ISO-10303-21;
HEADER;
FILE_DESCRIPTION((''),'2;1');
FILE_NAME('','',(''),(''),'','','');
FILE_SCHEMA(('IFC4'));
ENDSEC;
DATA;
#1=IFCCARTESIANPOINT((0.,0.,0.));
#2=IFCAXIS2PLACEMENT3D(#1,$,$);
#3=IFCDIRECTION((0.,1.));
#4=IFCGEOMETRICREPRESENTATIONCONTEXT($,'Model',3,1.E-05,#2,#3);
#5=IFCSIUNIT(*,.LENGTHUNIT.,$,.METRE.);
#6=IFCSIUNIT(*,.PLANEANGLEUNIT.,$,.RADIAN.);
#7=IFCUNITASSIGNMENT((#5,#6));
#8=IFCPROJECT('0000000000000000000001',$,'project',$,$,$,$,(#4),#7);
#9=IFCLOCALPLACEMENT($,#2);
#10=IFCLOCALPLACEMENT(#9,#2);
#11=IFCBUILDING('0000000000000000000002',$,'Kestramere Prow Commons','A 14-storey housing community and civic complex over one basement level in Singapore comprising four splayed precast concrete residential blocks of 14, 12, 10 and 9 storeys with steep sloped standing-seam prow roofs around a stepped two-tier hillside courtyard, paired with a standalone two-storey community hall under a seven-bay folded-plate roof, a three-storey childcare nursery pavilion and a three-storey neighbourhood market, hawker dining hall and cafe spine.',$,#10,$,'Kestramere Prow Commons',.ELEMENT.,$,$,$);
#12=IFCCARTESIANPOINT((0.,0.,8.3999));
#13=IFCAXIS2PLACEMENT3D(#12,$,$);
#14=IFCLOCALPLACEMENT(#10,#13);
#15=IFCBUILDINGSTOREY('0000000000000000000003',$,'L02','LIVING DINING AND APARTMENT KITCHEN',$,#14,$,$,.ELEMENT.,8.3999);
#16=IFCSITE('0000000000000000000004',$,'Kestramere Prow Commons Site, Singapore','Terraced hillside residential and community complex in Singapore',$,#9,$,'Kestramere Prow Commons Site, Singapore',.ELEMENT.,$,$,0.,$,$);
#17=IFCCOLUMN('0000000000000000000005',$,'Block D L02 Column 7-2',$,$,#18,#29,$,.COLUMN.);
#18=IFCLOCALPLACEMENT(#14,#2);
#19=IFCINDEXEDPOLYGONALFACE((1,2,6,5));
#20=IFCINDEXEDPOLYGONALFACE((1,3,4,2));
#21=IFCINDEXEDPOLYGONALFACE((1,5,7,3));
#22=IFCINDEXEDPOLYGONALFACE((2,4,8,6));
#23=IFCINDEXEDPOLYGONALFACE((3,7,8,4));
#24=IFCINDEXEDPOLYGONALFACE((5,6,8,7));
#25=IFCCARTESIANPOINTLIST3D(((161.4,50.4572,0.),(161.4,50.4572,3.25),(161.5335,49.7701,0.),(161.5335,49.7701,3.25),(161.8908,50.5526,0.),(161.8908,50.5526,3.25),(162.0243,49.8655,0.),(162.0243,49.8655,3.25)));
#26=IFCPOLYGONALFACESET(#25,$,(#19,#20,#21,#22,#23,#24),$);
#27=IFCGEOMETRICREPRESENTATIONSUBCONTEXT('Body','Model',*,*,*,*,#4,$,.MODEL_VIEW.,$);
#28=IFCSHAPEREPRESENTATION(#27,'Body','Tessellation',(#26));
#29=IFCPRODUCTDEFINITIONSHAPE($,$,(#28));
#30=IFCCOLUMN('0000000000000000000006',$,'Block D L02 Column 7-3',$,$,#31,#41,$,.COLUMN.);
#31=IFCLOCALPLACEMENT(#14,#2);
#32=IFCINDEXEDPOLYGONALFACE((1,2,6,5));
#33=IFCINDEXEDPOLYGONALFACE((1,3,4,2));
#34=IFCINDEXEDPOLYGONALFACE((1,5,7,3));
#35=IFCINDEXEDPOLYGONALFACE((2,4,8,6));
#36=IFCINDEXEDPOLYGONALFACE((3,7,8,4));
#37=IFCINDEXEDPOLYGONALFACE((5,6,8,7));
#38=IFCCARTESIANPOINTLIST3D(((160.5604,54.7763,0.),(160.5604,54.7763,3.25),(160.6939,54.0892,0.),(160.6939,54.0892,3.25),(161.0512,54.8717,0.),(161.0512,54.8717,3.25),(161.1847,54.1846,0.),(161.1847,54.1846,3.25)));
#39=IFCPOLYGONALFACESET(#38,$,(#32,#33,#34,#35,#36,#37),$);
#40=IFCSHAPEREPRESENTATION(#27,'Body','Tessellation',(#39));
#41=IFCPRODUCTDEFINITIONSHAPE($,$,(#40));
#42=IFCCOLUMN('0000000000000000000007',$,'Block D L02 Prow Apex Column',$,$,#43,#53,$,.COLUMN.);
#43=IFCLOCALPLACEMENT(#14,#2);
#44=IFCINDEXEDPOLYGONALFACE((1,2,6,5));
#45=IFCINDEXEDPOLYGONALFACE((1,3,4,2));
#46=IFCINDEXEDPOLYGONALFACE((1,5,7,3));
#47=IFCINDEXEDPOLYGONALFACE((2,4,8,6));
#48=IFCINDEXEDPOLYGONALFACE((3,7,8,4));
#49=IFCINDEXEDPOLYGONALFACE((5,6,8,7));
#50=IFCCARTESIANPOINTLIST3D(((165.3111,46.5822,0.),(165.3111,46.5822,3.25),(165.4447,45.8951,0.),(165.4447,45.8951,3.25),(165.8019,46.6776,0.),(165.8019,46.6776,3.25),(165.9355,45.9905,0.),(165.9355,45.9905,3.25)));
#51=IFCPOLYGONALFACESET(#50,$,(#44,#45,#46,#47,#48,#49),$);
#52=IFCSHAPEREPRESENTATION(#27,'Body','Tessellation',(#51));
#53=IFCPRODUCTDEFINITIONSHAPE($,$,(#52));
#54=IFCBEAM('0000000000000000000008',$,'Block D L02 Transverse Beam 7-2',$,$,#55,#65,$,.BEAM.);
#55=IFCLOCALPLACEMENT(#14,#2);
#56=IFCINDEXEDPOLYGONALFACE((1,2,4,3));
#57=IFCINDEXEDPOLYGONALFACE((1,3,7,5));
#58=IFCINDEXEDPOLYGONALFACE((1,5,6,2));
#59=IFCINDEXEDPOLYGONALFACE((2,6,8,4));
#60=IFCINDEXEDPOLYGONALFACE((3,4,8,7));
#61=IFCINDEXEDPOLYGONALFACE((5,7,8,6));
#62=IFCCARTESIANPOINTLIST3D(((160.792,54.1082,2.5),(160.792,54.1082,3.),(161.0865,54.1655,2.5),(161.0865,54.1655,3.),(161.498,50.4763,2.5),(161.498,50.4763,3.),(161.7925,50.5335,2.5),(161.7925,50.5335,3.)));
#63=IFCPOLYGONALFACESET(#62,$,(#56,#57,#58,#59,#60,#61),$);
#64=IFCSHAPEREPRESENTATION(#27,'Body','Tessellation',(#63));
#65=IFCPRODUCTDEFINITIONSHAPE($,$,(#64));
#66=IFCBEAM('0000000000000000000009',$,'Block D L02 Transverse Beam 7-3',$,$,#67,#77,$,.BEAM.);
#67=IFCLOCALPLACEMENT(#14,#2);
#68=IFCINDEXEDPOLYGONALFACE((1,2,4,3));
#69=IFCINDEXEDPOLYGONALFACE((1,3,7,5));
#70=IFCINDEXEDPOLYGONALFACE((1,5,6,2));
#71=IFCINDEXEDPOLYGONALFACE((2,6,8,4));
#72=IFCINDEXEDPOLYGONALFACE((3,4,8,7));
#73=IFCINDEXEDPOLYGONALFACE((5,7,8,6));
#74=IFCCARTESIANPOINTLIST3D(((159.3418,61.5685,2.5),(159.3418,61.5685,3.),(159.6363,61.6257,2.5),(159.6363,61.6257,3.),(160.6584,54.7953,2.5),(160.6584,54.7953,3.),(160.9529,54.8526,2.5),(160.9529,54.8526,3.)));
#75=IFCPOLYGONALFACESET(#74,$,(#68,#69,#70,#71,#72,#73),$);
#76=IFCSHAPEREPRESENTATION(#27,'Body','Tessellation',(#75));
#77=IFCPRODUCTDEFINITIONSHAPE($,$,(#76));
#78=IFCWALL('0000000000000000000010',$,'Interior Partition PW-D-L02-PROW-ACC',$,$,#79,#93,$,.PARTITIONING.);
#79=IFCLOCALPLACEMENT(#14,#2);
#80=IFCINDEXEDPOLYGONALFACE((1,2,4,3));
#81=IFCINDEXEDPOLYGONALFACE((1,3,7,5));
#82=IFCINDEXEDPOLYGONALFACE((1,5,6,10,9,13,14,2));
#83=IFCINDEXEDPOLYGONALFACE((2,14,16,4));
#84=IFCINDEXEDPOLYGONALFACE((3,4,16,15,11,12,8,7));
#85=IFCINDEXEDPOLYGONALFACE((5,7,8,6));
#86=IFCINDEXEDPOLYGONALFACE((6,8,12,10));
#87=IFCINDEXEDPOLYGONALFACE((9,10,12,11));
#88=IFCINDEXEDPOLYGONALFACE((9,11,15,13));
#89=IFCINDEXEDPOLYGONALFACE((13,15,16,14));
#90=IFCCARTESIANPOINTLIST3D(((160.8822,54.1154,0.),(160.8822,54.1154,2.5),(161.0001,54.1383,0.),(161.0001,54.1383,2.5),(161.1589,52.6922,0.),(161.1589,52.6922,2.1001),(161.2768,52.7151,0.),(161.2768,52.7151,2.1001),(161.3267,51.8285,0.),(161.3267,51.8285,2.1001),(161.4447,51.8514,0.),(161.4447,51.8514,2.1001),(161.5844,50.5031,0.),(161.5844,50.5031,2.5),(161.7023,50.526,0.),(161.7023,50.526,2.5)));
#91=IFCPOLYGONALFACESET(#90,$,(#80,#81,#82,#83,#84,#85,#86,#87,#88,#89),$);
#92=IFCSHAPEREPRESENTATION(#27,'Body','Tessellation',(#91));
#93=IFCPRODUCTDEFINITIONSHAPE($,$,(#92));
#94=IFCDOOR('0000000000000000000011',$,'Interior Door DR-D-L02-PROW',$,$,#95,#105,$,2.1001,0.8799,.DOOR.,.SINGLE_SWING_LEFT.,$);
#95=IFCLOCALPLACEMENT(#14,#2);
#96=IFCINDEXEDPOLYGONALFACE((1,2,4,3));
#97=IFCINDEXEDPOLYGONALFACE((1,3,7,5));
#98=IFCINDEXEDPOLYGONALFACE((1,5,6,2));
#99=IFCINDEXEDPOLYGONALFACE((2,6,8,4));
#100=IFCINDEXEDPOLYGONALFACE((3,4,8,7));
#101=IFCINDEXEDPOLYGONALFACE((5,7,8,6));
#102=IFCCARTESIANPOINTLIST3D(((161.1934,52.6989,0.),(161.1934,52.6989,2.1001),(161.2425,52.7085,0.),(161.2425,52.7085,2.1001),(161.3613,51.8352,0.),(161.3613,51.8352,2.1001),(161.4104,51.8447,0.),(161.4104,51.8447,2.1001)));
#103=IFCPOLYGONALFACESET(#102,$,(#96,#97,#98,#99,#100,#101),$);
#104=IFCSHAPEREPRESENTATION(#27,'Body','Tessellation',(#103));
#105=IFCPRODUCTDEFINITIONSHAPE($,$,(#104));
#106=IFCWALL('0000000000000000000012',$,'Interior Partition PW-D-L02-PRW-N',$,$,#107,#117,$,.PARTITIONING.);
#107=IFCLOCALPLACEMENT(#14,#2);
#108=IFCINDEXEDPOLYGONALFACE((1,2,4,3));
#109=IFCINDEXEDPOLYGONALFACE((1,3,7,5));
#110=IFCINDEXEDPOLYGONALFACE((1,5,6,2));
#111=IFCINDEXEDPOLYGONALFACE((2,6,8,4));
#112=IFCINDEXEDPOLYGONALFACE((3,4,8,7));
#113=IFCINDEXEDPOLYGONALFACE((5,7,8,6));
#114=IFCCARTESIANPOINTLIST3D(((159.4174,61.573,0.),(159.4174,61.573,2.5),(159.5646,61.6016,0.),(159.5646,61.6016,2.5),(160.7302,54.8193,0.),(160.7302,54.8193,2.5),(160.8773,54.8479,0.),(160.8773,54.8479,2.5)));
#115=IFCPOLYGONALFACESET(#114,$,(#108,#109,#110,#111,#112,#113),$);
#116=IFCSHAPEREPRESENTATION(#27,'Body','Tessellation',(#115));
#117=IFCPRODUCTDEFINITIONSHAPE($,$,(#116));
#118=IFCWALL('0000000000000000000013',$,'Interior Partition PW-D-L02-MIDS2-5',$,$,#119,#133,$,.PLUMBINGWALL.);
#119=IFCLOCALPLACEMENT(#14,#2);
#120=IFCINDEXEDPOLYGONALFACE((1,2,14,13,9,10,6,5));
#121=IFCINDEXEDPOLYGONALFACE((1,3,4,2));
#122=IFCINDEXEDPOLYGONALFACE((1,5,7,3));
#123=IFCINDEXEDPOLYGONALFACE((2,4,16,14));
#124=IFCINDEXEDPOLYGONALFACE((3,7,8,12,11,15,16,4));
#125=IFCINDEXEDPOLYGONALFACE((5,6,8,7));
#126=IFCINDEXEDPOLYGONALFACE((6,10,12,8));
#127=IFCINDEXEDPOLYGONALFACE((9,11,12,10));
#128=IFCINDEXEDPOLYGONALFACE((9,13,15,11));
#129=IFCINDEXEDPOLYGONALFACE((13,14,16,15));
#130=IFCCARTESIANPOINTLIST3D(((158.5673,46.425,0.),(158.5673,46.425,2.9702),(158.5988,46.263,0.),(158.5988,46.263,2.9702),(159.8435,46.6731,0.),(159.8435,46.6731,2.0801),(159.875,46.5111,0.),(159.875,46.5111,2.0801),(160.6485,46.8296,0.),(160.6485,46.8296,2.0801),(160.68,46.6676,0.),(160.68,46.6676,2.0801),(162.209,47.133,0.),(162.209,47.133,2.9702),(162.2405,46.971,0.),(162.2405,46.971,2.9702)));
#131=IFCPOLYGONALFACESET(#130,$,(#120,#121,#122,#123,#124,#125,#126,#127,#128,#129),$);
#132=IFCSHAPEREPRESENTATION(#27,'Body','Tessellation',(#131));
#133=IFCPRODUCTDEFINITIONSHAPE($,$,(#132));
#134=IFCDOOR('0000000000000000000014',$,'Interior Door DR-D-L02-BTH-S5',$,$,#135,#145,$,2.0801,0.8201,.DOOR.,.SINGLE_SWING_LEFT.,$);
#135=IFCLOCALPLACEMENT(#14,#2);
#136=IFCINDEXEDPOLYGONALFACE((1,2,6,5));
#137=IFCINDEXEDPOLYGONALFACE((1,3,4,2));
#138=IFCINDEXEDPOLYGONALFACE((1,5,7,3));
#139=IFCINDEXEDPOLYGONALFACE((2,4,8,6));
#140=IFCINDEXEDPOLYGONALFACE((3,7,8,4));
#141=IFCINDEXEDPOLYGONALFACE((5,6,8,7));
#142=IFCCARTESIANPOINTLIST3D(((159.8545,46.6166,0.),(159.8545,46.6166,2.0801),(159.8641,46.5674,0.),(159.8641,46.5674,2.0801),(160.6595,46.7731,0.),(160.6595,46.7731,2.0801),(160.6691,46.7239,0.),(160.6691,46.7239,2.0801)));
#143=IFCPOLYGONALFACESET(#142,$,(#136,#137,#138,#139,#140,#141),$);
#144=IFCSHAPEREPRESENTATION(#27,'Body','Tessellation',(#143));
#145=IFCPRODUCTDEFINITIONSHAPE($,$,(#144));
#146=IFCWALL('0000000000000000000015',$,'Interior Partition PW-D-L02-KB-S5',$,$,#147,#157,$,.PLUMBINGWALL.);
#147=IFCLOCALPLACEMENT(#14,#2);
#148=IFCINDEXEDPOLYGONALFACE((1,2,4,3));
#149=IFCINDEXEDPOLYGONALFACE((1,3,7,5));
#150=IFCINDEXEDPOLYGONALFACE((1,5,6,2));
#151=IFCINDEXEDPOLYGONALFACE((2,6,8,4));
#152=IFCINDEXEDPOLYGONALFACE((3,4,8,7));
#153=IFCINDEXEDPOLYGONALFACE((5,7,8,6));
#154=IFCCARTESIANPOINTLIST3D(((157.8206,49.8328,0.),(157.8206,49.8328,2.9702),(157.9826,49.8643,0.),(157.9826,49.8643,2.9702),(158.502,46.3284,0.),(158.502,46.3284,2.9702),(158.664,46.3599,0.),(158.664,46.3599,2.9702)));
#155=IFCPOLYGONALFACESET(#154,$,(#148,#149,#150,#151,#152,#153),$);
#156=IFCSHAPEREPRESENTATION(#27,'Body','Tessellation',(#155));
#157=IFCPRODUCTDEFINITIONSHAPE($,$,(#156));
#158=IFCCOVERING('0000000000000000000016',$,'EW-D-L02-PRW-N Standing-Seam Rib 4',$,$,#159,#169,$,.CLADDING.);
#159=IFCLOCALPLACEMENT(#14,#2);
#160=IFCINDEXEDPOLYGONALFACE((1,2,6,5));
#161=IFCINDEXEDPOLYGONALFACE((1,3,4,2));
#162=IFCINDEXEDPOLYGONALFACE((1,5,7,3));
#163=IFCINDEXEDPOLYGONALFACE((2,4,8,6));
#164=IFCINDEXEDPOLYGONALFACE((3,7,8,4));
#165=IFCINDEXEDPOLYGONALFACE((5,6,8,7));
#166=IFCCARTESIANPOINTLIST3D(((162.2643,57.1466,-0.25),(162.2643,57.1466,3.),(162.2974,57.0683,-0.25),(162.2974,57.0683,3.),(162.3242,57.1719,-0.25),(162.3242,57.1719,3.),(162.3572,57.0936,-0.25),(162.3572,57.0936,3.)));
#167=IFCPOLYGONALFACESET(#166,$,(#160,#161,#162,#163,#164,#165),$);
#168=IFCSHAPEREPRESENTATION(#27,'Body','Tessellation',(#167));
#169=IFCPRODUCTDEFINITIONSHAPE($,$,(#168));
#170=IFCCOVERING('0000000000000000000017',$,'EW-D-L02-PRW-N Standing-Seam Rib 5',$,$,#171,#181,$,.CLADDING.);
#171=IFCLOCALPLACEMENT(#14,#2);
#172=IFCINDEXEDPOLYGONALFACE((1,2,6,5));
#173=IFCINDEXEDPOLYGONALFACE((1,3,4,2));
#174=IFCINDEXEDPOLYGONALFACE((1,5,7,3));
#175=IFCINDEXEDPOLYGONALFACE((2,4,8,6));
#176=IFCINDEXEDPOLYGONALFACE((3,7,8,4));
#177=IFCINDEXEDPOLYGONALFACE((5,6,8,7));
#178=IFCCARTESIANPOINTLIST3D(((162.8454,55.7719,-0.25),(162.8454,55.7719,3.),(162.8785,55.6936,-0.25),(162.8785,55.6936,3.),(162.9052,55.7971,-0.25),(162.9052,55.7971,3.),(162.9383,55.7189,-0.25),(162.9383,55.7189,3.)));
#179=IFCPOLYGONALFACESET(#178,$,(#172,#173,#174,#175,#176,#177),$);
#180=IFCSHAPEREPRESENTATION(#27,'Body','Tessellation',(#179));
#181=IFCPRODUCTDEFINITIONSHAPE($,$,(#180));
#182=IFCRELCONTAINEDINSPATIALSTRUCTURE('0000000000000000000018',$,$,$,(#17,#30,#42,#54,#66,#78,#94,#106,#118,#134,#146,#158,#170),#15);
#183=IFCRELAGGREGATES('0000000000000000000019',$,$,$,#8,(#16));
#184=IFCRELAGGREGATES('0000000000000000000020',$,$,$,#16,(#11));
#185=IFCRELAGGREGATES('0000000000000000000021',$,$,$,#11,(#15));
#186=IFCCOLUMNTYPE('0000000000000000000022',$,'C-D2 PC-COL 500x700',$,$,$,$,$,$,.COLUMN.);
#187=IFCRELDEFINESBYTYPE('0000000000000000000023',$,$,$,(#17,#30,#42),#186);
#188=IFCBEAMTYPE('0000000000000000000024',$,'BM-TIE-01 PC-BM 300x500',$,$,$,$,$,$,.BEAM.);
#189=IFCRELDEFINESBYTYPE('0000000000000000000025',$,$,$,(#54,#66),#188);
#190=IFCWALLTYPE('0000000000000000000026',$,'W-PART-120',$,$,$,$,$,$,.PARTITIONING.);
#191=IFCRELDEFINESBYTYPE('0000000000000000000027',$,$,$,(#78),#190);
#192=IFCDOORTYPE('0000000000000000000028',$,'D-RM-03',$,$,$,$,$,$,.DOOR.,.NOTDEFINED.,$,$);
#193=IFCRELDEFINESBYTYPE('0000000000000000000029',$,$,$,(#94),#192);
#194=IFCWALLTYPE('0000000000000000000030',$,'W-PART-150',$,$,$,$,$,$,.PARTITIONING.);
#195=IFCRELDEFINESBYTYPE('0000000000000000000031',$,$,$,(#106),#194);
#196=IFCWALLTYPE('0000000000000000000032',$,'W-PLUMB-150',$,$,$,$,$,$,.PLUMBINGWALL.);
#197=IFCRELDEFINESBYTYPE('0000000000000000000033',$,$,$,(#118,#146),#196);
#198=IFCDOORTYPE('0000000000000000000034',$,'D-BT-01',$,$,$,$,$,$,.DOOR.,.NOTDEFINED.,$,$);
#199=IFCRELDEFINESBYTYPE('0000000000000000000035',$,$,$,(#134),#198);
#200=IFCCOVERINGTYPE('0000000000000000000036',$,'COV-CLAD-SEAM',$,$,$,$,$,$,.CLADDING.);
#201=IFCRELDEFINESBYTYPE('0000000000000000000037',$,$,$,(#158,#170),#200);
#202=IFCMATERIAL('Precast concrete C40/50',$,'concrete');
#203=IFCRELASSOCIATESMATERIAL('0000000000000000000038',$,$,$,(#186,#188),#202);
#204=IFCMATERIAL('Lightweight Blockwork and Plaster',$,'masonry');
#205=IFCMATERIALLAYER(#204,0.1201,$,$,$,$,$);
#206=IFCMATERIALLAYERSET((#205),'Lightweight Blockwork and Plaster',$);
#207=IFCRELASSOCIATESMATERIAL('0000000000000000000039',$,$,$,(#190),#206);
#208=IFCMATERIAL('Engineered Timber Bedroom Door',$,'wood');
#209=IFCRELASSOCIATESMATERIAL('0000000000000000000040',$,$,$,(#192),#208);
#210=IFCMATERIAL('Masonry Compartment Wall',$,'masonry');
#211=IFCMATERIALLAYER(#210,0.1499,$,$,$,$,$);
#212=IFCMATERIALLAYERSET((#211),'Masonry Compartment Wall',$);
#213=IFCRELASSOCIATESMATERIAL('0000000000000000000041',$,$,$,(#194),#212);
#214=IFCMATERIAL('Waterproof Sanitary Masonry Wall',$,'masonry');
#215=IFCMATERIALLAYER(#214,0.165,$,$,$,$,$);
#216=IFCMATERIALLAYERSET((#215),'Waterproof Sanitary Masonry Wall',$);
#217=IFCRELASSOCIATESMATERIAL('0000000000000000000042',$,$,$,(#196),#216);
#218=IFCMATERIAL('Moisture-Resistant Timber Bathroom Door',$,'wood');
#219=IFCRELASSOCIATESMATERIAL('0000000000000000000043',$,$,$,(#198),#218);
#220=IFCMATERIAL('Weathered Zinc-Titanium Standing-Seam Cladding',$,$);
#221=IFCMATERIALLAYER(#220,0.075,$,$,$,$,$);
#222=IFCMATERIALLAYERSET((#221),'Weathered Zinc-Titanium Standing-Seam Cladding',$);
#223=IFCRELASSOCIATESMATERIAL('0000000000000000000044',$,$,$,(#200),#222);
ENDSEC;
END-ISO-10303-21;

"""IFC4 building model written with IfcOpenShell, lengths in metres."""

from ifc_helpers import new_model, si_unit, direction, frame, frame_2d, origin, origin_2d, place, context, subcontext, project, spatial, rectangle, extrude, material, layer, layer_set, material_profile, profile_set, type_object, element, fill, save


model = new_model("IFC4")

# Units and contexts
model_context = context("Model", 3, precision=1e-05, world=origin(), true_north=direction((0.0, 1.0)))
body_context = subcontext(model_context, "Body", "Model", "MODEL_VIEW")
ifc_project = project(units=[si_unit("LENGTHUNIT", "METRE"), si_unit("PLANEANGLEUNIT", "RADIAN")], contexts=[model_context])

# Site, building, storey
site_placement = place(None, origin())
site = spatial("IfcSite", under=ifc_project, at=site_placement, Name="Kestramere Prow Commons Site, Singapore", Description="Terraced hillside residential and community complex in Singapore", LongName="Kestramere Prow Commons Site, Singapore", CompositionType="ELEMENT", RefElevation=0.0)
building_placement = place(site_placement, origin())
building = spatial("IfcBuilding", under=site, at=building_placement, Name="Kestramere Prow Commons", Description="A 14-storey housing community and civic complex over one basement level in Singapore comprising four splayed precast concrete residential blocks of 14, 12, 10 and 9 storeys with steep sloped standing-seam prow roofs around a stepped two-tier hillside courtyard, paired with a standalone two-storey community hall under a seven-bay folded-plate roof, a three-storey childcare nursery pavilion and a three-storey neighbourhood market, hawker dining hall and cafe spine.", LongName="Kestramere Prow Commons", CompositionType="ELEMENT")
storey_placement = place(building_placement, frame((0.0, 0.0, 8.3999)))
storey = spatial("IfcBuildingStorey", under=building, at=storey_placement, Name="L02", Description="LIVING DINING AND APARTMENT KITCHEN", CompositionType="ELEMENT", Elevation=8.3999)

# Columns
ifc_material_1 = material(Name="Precast concrete C40/50", Category="concrete")
ifc_material_profile_1 = material_profile(ifc_material_1, rectangle(XDim=0.5, YDim=0.7, at=origin_2d()), Name="PC-COL 500x700")
ifc_profile_set_1 = profile_set([ifc_material_profile_1], Name="Precast concrete C40/50")
column_type = type_object("IfcColumnType", Name="C-D2 PC-COL 500x700", PredefinedType="COLUMN", material=ifc_profile_set_1)
for number, where, z_axis, x_axis, name in (
    (1, (161.7122, 50.1614, 0.0), (0.0, 0.0, 1.0), (0.981627, 0.190809, 0.0), "Block D L02 Column 7-2"),
    (2, (160.8726, 54.4805, 0.0), (0.0, 0.0, 1.0), (0.981627, 0.190809, 0.0), "Block D L02 Column 7-3"),
    (3, (165.6233, 46.2864, 0.0), (0.0, 0.0, 1.0), (0.981627, 0.190809, 0.0), "Block D L02 Prow Apex Column"),
):
    element("IfcColumn", number, at=place(storey_placement, frame(where, z_axis=z_axis, x_axis=x_axis)), inside=storey, type_object=column_type, Name=name, PredefinedType="COLUMN", context=body_context, shape_type="SweptSolid", body=[
        extrude(rectangle(XDim=0.5, YDim=0.7, at=origin_2d()), origin(), (0.0, 0.0, 1.0), 3.25),
    ])

# Beams
ifc_material_profile_2 = material_profile(ifc_material_1, rectangle(XDim=0.3, YDim=0.5, at=origin_2d()), Name="PC-BM 300x500")
ifc_profile_set_2 = profile_set([ifc_material_profile_2], Name="Precast concrete C40/50")
beam_type = type_object("IfcBeamType", Name="BM-TIE-01 PC-BM 300x500", PredefinedType="BEAM", material=ifc_profile_set_2)
beam_1_placement = place(storey_placement, frame((161.6453, 50.5049, 2.75), z_axis=(-0.190822, 0.981625, 0.0), x_axis=(-0.981625, -0.190822, 0.0)))
element("IfcBeam", 4, at=beam_1_placement, inside=storey, type_object=beam_type, Name="Block D L02 Transverse Beam 7-2", PredefinedType="BEAM", context=body_context, shape_type="SweptSolid", body=[
    extrude(rectangle(XDim=0.3, YDim=0.5, at=origin_2d()), origin(), (0.0, 0.0, 1.0), 3.7),
])
beam_2_placement = place(storey_placement, frame((160.8057, 54.824, 2.75), z_axis=(-0.190819, 0.981625, 0.0), x_axis=(-0.981625, -0.190819, 0.0)))
element("IfcBeam", 5, at=beam_2_placement, inside=storey, type_object=beam_type, Name="Block D L02 Transverse Beam 7-3", PredefinedType="BEAM", context=body_context, shape_type="SweptSolid", body=[
    extrude(rectangle(XDim=0.3, YDim=0.5, at=origin_2d()), origin(), (0.0, 0.0, 1.0), 6.8999),
])

# Wall, opening, door
ifc_material_2 = material(Name="Lightweight Blockwork and Plaster", Category="masonry")
ifc_layer_1 = layer(ifc_material_2, 0.1201)
ifc_layer_set_1 = layer_set([ifc_layer_1], Name="Lightweight Blockwork and Plaster")
wall_type_1 = type_object("IfcWallType", Name="W-PART-120", PredefinedType="PARTITIONING", material=ifc_layer_set_1)
wall_1_placement = place(storey_placement, frame((161.6433, 50.5146, 0.0), z_axis=(0.0, 0.0, 1.0), x_axis=(-0.190806, 0.981628, 0.0)))
wall_1 = element("IfcWall", 6, at=wall_1_placement, inside=storey, type_object=wall_type_1, Name="Interior Partition PW-D-L02-PROW-ACC", PredefinedType="PARTITIONING", context=body_context, shape_type="SweptSolid", body=[
    extrude(rectangle(XDim=3.6799, YDim=0.1201, at=frame_2d((1.8398, 0.0))), origin(), (0.0, 0.0, 1.0), 2.5),
])
opening_1_placement = place(wall_1_placement, frame((1.3501, 0.0, 0.0)))
opening_1 = element("IfcOpeningElement", 7, at=opening_1_placement, cuts=wall_1, PredefinedType="OPENING", context=body_context, shape_type="SweptSolid", body=[
    extrude(rectangle(XDim=0.8799, YDim=2.1001, at=frame_2d((0.4399, 1.05))), frame((0.0, 0.075, 0.0), z_axis=(0.0, -1.0, 0.0), x_axis=(1.0, 0.0, 0.0)), (0.0, 0.0, 1.0), 0.1501),
])
ifc_material_3 = material(Name="Engineered Timber Bedroom Door", Category="wood")
door_type_1 = type_object("IfcDoorType", Name="D-RM-03", OperationType="NOTDEFINED", PredefinedType="DOOR", material=ifc_material_3)
door_1_placement = place(opening_1_placement, origin())
door_1 = element("IfcDoor", 8, at=door_1_placement, inside=storey, type_object=door_type_1, Name="Interior Door DR-D-L02-PROW", OperationType="SINGLE_SWING_LEFT", OverallHeight=2.1001, OverallWidth=0.8799, PredefinedType="DOOR", context=body_context, shape_type="SweptSolid", body=[
    extrude(rectangle(XDim=0.8799, YDim=2.1001, at=frame_2d((0.4399, 1.05))), frame((0.0, 0.0249, 0.0), z_axis=(0.0, -1.0, 0.0), x_axis=(1.0, 0.0, 0.0)), (0.0, 0.0, 1.0), 0.05),
])
fill(opening_1, door_1)

# Wall
ifc_material_4 = material(Name="Masonry Compartment Wall", Category="masonry")
ifc_layer_2 = layer(ifc_material_4, 0.1499)
ifc_layer_set_2 = layer_set([ifc_layer_2], Name="Masonry Compartment Wall")
wall_type_2 = type_object("IfcWallType", Name="W-PART-150", PredefinedType="PARTITIONING", material=ifc_layer_set_2)
wall_2_placement = place(storey_placement, frame((160.8037, 54.8337, 0.0), z_axis=(0.0, 0.0, 1.0), x_axis=(-0.190804, 0.981628, 0.0)))
element("IfcWall", 9, at=wall_2_placement, inside=storey, type_object=wall_type_2, Name="Interior Partition PW-D-L02-PRW-N", PredefinedType="PARTITIONING", context=body_context, shape_type="SweptSolid", body=[
    extrude(rectangle(XDim=6.8801, YDim=0.1499, at=frame_2d((3.4399, 0.0))), origin(), (0.0, 0.0, 1.0), 2.5),
])

# Wall, opening, door
ifc_material_5 = material(Name="Waterproof Sanitary Masonry Wall", Category="masonry")
ifc_layer_3 = layer(ifc_material_5, 0.165)
ifc_layer_set_3 = layer_set([ifc_layer_3], Name="Waterproof Sanitary Masonry Wall")
wall_type_3 = type_object("IfcWallType", Name="W-PLUMB-150", PredefinedType="PLUMBINGWALL", material=ifc_layer_set_3)
wall_3_placement = place(storey_placement, frame((158.583, 46.344, 0.0), z_axis=(0.0, 0.0, 1.0), x_axis=(0.981622, 0.190836, 0.0)))
wall_3 = element("IfcWall", 10, at=wall_3_placement, inside=storey, type_object=wall_type_3, Name="Interior Partition PW-D-L02-MIDS2-5", PredefinedType="PLUMBINGWALL", context=body_context, shape_type="SweptSolid", body=[
    extrude(rectangle(XDim=3.71, YDim=0.165, at=frame_2d((1.855, 0.0))), origin(), (0.0, 0.0, 1.0), 2.9702),
])
opening_2_placement = place(wall_3_placement, frame((1.3, 0.0, 0.0)))
opening_2 = element("IfcOpeningElement", 11, at=opening_2_placement, cuts=wall_3, PredefinedType="OPENING", context=body_context, shape_type="SweptSolid", body=[
    extrude(rectangle(XDim=0.8201, YDim=2.0801, at=frame_2d((0.4102, 1.04))), frame((0.0, 0.0974, 0.0), z_axis=(0.0, -1.0, 0.0), x_axis=(1.0, 0.0, 0.0)), (0.0, 0.0, 1.0), 0.1951),
])
ifc_material_6 = material(Name="Moisture-Resistant Timber Bathroom Door", Category="wood")
door_type_2 = type_object("IfcDoorType", Name="D-BT-01", OperationType="NOTDEFINED", PredefinedType="DOOR", material=ifc_material_6)
door_2_placement = place(opening_2_placement, origin())
door_2 = element("IfcDoor", 12, at=door_2_placement, inside=storey, type_object=door_type_2, Name="Interior Door DR-D-L02-BTH-S5", OperationType="SINGLE_SWING_LEFT", OverallHeight=2.0801, OverallWidth=0.8201, PredefinedType="DOOR", context=body_context, shape_type="SweptSolid", body=[
    extrude(rectangle(XDim=0.8201, YDim=2.0801, at=frame_2d((0.4102, 1.04))), frame((0.0, 0.0249, 0.0), z_axis=(0.0, -1.0, 0.0), x_axis=(1.0, 0.0, 0.0)), (0.0, 0.0, 1.0), 0.05),
])
fill(opening_2, door_2)

# Wall
wall_4_placement = place(storey_placement, frame((158.583, 46.344, 0.0), z_axis=(0.0, 0.0, 1.0), x_axis=(-0.190866, 0.981616, 0.0)))
element("IfcWall", 13, at=wall_4_placement, inside=storey, type_object=wall_type_3, Name="Interior Partition PW-D-L02-KB-S5", PredefinedType="PLUMBINGWALL", context=body_context, shape_type="SweptSolid", body=[
    extrude(rectangle(XDim=3.5701, YDim=0.165, at=frame_2d((1.7852, 0.0))), origin(), (0.0, 0.0, 1.0), 2.9702),
])

# Coverings
ifc_material_7 = material(Name="Weathered Zinc-Titanium Standing-Seam Cladding")
ifc_layer_4 = layer(ifc_material_7, 0.075)
ifc_layer_set_4 = layer_set([ifc_layer_4], Name="Weathered Zinc-Titanium Standing-Seam Cladding")
covering_type = type_object("IfcCoveringType", Name="COV-CLAD-SEAM", PredefinedType="CLADDING", material=ifc_layer_set_4)
for number, where, z_axis, x_axis, name in (
    (14, (162.3108, 57.1201, -0.25), (0.0, 0.0, 1.0), (0.38922, -0.921145, 0.0), "EW-D-L02-PRW-N Standing-Seam Rib 4"),
    (15, (162.8918, 55.7454, -0.25), (0.0, 0.0, 1.0), (0.38922, -0.921145, 0.0), "EW-D-L02-PRW-N Standing-Seam Rib 5"),
):
    element("IfcCovering", number, at=place(storey_placement, frame(where, z_axis=z_axis, x_axis=x_axis)), inside=storey, type_object=covering_type, Name=name, PredefinedType="CLADDING", context=body_context, shape_type="SweptSolid", body=[
        extrude(rectangle(XDim=0.085, YDim=0.0649, at=origin_2d()), origin(), (0.0, 0.0, 1.0), 3.25),
    ])

save(model, "model.ifc")
